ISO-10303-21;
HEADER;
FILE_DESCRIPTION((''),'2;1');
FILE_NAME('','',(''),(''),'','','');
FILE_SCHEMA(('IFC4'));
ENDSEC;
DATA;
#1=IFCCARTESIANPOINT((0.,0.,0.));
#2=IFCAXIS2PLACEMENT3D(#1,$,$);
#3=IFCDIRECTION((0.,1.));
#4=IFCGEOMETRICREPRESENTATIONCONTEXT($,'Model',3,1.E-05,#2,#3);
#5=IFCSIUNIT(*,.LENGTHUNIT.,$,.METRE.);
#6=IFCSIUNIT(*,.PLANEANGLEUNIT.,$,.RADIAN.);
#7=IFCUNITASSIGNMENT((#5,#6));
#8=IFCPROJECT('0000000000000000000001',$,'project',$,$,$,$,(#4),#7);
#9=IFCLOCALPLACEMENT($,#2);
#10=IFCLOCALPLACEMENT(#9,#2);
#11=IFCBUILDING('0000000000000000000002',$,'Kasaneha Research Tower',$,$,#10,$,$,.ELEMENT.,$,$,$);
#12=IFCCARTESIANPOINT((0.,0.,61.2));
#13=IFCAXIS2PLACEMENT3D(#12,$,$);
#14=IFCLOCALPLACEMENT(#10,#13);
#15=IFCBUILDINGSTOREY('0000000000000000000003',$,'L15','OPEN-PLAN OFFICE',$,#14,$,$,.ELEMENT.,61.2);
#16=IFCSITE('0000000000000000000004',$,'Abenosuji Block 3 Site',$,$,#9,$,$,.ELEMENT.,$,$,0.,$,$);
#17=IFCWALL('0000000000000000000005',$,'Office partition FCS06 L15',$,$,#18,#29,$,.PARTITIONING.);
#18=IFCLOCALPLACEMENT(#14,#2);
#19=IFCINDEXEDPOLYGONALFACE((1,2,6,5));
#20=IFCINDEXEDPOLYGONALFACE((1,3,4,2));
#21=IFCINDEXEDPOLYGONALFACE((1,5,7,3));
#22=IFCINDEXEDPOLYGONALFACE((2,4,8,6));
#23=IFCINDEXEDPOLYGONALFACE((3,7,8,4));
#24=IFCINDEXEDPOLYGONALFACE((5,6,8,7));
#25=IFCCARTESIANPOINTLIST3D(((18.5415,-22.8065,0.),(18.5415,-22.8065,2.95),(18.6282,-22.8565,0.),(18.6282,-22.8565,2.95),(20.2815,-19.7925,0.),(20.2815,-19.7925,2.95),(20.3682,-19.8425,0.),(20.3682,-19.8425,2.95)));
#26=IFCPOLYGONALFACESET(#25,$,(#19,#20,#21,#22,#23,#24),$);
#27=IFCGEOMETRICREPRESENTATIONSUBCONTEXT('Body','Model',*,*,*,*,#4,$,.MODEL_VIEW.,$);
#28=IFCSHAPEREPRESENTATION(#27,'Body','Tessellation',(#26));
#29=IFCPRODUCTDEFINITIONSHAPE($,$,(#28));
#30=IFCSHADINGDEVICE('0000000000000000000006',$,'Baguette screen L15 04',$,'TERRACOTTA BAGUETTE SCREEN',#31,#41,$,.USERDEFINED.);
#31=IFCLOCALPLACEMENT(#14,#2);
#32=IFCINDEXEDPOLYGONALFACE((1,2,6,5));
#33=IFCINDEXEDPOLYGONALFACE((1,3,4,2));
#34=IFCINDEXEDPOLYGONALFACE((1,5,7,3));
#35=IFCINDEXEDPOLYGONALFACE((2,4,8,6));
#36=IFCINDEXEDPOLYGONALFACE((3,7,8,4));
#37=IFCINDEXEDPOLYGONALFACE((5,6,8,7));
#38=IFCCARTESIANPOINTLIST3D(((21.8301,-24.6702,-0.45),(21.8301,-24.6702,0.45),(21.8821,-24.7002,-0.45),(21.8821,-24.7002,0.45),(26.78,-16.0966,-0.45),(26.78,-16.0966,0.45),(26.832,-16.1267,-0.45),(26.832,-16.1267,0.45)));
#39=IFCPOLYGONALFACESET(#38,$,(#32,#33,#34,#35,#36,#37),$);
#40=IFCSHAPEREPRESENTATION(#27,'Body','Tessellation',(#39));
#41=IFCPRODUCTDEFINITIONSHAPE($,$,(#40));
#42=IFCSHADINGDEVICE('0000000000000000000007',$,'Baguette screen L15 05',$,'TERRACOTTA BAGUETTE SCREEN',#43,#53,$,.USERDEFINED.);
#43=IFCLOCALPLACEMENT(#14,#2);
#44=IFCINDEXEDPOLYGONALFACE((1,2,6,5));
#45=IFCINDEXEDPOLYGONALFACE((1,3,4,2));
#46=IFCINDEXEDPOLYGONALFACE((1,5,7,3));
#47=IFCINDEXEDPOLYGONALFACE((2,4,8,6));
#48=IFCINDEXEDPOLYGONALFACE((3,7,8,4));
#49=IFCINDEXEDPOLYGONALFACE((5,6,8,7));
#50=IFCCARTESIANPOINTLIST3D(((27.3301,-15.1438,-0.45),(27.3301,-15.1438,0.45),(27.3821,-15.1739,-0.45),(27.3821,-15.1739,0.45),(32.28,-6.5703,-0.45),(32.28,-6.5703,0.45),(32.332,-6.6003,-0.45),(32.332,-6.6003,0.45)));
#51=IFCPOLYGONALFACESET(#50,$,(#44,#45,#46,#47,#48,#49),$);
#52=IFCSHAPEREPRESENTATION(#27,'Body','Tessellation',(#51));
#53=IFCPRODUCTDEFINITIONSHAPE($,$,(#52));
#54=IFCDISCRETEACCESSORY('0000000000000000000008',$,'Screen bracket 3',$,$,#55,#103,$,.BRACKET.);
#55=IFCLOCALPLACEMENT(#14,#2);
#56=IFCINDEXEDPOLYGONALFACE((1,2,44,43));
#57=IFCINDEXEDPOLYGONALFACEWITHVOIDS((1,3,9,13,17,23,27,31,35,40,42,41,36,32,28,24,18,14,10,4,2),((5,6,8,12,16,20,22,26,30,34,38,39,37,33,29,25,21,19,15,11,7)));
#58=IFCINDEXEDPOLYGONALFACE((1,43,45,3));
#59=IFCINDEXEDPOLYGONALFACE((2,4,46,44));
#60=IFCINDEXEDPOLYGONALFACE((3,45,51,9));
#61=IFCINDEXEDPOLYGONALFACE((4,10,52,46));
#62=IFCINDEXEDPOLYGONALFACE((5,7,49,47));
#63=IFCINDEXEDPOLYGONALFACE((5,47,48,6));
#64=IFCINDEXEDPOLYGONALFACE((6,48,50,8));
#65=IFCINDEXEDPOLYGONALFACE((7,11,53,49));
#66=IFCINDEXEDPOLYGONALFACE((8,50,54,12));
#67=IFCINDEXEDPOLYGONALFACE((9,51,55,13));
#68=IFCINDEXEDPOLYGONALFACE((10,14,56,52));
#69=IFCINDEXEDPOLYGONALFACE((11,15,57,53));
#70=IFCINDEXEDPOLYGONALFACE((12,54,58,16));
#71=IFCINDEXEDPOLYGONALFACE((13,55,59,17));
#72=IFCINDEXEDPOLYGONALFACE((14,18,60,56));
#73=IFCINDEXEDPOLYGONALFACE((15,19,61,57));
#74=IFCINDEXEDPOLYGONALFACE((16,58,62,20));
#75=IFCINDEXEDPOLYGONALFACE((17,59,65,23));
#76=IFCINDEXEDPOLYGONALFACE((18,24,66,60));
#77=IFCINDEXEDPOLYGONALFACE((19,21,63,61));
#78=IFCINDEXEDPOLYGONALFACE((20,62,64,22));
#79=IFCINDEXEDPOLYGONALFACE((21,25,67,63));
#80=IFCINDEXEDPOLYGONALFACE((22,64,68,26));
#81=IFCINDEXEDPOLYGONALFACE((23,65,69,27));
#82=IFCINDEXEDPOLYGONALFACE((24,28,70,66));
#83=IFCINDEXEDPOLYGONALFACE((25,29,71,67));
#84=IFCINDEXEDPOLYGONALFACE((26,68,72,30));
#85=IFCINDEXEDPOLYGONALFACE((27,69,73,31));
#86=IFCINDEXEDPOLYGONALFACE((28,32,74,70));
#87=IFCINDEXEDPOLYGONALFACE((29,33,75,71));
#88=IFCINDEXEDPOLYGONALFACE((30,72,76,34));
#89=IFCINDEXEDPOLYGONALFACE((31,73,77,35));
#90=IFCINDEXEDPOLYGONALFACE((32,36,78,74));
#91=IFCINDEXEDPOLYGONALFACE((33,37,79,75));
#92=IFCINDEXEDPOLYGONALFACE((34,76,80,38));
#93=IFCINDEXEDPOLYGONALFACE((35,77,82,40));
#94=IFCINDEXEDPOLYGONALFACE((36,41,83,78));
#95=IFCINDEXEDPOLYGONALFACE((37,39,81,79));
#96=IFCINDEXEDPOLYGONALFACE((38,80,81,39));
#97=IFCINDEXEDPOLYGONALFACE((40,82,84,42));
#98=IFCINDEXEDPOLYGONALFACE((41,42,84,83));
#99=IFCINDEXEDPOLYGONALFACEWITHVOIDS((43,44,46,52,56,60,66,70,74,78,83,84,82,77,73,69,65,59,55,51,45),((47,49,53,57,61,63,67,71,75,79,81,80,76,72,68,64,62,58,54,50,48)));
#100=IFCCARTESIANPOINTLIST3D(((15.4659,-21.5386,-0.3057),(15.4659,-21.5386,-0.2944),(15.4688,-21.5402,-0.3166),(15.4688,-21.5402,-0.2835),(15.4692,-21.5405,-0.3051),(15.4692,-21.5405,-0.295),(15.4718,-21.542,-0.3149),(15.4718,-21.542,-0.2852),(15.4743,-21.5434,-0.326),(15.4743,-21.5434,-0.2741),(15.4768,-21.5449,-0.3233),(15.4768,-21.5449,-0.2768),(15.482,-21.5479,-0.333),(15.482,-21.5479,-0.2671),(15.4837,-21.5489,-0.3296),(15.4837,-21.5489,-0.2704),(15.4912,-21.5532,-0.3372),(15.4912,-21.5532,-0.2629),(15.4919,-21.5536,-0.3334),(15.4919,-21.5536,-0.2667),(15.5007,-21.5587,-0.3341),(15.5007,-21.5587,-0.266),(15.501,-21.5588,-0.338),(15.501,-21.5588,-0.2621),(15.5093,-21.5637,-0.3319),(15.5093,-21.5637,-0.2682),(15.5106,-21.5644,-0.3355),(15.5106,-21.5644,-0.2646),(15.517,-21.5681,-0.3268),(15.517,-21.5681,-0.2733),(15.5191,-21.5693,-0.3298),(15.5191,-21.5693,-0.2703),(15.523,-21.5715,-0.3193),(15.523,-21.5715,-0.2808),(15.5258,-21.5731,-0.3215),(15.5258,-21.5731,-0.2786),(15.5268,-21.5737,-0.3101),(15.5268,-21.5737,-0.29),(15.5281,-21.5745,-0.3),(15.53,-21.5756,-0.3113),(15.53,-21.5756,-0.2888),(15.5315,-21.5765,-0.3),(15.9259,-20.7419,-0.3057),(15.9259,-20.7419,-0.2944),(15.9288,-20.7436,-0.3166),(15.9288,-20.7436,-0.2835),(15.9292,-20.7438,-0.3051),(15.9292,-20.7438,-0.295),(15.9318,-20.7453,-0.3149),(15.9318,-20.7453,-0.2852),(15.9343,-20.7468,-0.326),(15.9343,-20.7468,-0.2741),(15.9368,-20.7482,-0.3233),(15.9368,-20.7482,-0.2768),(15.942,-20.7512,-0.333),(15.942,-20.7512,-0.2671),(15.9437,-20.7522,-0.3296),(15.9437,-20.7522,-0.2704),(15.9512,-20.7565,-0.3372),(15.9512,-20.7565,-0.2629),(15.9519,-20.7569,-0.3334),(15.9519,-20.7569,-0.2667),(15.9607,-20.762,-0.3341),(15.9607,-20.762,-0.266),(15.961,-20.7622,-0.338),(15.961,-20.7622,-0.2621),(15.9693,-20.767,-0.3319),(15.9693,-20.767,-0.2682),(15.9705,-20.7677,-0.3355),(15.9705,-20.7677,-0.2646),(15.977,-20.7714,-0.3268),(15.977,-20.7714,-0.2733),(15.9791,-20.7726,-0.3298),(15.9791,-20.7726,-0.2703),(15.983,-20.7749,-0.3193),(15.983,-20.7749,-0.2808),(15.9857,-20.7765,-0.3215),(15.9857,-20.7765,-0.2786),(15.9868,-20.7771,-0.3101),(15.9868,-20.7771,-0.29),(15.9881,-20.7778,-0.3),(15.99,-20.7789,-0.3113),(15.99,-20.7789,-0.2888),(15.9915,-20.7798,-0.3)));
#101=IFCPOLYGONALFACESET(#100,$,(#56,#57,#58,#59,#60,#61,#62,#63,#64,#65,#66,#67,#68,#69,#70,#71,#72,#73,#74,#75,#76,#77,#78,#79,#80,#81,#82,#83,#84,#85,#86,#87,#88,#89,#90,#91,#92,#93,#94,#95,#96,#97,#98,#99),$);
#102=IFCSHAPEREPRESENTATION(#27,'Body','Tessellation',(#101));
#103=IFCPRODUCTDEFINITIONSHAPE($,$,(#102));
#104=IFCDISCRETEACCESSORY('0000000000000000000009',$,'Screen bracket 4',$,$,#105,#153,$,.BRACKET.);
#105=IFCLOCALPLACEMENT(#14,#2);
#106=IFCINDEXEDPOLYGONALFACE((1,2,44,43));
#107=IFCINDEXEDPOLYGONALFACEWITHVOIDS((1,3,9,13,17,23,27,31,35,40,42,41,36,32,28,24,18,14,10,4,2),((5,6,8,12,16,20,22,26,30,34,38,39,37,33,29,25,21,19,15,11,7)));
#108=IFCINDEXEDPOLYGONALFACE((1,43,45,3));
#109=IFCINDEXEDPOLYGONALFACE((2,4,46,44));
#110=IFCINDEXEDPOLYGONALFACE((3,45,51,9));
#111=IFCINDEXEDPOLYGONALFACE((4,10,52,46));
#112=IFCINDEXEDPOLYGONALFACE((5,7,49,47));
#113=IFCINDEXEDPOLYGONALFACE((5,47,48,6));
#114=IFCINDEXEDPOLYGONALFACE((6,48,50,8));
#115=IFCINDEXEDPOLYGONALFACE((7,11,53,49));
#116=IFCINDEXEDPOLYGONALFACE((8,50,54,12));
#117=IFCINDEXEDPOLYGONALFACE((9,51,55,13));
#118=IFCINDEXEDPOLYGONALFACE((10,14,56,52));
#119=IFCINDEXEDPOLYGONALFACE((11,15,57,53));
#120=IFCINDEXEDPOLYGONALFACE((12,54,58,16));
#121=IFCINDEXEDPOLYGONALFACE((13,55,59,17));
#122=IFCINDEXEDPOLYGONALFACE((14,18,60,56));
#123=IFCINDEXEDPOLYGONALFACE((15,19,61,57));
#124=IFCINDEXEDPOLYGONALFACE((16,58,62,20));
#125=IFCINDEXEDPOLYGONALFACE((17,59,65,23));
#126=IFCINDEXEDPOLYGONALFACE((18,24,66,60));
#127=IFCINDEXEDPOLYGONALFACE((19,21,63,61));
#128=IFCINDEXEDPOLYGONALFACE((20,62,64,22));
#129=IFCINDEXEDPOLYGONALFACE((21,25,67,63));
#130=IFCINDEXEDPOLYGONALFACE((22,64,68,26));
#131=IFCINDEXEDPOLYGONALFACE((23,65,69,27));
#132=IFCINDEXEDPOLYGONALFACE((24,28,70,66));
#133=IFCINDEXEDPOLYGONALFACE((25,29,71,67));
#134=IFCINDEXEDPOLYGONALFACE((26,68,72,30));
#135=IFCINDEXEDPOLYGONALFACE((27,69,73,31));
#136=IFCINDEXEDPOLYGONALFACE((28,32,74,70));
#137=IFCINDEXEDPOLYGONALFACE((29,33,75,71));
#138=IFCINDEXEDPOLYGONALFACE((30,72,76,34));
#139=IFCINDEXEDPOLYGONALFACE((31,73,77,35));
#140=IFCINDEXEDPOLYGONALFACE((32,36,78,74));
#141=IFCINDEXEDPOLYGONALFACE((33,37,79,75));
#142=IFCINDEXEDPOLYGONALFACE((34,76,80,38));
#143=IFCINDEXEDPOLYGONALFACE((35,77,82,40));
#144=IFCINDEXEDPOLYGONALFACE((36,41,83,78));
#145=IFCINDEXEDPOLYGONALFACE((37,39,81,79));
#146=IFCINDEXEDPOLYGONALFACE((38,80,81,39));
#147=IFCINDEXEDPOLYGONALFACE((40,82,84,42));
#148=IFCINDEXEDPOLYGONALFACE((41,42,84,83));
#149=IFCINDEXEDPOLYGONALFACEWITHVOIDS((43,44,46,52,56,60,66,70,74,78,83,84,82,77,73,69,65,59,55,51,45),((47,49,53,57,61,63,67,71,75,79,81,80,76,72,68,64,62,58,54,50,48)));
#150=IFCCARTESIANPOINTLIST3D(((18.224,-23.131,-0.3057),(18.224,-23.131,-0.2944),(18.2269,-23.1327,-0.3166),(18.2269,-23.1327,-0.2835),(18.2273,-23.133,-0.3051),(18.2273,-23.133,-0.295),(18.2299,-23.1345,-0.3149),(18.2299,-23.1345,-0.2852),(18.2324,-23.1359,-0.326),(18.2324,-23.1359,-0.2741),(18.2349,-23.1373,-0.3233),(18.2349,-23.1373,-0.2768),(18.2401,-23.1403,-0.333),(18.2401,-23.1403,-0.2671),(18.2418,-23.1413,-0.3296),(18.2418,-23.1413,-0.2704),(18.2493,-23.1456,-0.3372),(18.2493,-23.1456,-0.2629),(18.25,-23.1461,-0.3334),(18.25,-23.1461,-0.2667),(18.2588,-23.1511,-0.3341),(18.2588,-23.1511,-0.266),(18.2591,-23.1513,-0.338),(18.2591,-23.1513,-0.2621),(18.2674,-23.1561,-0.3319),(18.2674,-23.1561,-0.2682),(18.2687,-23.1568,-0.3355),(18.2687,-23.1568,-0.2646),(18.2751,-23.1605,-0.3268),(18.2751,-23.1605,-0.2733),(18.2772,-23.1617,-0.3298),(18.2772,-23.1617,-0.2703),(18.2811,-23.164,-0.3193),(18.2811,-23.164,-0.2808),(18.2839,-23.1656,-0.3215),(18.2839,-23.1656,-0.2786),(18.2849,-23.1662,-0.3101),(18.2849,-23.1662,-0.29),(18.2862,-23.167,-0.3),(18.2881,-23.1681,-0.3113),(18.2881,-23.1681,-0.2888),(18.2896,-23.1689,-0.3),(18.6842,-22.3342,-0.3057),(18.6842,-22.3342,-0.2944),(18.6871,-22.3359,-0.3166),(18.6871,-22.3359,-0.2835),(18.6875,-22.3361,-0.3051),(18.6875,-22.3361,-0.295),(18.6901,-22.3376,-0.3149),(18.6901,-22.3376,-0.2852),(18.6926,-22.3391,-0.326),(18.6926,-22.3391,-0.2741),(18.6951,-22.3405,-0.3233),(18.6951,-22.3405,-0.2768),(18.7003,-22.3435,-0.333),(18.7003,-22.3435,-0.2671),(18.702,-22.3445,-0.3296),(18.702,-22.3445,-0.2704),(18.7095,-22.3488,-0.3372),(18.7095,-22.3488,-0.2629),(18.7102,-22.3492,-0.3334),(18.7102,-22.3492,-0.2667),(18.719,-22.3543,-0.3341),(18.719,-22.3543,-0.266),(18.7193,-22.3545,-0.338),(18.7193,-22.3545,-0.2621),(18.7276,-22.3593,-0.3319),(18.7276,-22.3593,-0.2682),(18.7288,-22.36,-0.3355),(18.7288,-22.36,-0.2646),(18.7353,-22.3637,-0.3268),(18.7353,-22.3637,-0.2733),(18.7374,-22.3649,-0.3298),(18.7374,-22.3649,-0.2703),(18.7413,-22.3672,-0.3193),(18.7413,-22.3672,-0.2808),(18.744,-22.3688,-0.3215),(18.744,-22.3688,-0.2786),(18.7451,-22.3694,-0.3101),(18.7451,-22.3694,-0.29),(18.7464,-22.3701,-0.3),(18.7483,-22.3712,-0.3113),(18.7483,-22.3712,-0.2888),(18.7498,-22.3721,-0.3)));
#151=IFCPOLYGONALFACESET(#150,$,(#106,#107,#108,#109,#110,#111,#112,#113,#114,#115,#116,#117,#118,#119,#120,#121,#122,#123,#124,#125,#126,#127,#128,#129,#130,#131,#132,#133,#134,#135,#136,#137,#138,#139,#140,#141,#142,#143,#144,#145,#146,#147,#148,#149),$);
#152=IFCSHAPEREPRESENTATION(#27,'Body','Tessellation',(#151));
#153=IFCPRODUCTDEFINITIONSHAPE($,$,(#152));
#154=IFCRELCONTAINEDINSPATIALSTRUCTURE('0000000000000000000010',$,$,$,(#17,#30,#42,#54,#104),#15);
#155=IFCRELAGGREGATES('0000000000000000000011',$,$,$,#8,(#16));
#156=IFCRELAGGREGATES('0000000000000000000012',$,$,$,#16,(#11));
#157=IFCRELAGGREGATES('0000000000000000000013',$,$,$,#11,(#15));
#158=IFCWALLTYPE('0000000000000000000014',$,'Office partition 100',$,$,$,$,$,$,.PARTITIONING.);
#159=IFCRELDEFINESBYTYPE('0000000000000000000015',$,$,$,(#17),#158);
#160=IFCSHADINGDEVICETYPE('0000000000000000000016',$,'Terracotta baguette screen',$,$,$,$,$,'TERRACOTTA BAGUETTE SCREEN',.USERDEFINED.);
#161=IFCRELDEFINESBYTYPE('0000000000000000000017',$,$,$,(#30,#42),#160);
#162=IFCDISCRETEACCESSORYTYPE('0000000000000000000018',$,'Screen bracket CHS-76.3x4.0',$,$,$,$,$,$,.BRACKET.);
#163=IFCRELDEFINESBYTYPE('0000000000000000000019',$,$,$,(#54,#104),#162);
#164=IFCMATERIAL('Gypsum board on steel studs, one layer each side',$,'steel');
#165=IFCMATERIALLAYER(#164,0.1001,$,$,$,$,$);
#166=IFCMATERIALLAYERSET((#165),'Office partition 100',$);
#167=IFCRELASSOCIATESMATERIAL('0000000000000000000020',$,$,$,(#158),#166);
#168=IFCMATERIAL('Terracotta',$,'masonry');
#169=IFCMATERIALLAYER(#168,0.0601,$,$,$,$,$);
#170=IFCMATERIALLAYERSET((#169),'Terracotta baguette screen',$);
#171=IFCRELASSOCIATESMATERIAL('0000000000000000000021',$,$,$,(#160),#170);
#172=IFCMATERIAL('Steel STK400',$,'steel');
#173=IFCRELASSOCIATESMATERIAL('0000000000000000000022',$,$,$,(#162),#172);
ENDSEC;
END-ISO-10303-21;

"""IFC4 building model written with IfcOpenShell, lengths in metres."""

from ifc_helpers import new_model, si_unit, direction, frame, frame_2d, origin, origin_2d, place, context, subcontext, project, spatial, rectangle, hollow_circle, extrude, material, layer, layer_set, material_profile, profile_set, type_object, element, save


model = new_model("IFC4")

# Units and contexts
model_context = context("Model", 3, precision=1e-05, world=origin(), true_north=direction((0.0, 1.0)))
body_context = subcontext(model_context, "Body", "Model", "MODEL_VIEW")
ifc_project = project(units=[si_unit("LENGTHUNIT", "METRE"), si_unit("PLANEANGLEUNIT", "RADIAN")], contexts=[model_context])

# Site, building, storey
site_placement = place(None, origin())
site = spatial("IfcSite", under=ifc_project, at=site_placement, Name="Abenosuji Block 3 Site", CompositionType="ELEMENT", RefElevation=0.0)
building_placement = place(site_placement, origin())
building = spatial("IfcBuilding", under=site, at=building_placement, Name="Kasaneha Research Tower", CompositionType="ELEMENT")
storey_placement = place(building_placement, frame((0.0, 0.0, 61.2)))
storey = spatial("IfcBuildingStorey", under=building, at=storey_placement, Name="L15", Description="OPEN-PLAN OFFICE", CompositionType="ELEMENT", Elevation=61.2)

# Wall
ifc_material_1 = material(Name="Gypsum board on steel studs, one layer each side", Category="steel")
ifc_layer_1 = layer(ifc_material_1, 0.1001)
ifc_layer_set_1 = layer_set([ifc_layer_1], Name="Office partition 100")
wall_type = type_object("IfcWallType", Name="Office partition 100", PredefinedType="PARTITIONING", material=ifc_layer_set_1)
wall_placement = place(storey_placement, frame((20.325, -19.8174, 0.0), z_axis=(0.0, 0.0, 1.0), x_axis=(-0.49998, -0.866037, 0.0)))
element("IfcWall", 1, at=wall_placement, inside=storey, type_object=wall_type, Name="Office partition FCS06 L15", PredefinedType="PARTITIONING", context=body_context, shape_type="SweptSolid", body=[
    extrude(rectangle(XDim=3.4802, YDim=0.1001, at=frame_2d((1.7402, 0.0))), origin(), (0.0, 0.0, 1.0), 2.95),
])

# Shading devices
ifc_material_2 = material(Name="Terracotta", Category="masonry")
ifc_layer_2 = layer(ifc_material_2, 0.0601)
ifc_layer_set_2 = layer_set([ifc_layer_2], Name="Terracotta baguette screen")
shading_device_type = type_object("IfcShadingDeviceType", Name="Terracotta baguette screen", ElementType="TERRACOTTA BAGUETTE SCREEN", PredefinedType="USERDEFINED", material=ifc_layer_set_2)
for number, where, z_axis, x_axis, name in (
    (2, (24.3311, -20.3984, -0.45), (0.0, 0.0, 1.0), (0.5, 0.866025, 0.0), "Baguette screen L15 04"),
    (3, (29.8311, -10.8721, -0.45), (0.0, 0.0, 1.0), (0.5, 0.866025, 0.0), "Baguette screen L15 05"),
):
    element("IfcShadingDevice", number, at=place(storey_placement, frame(where, z_axis=z_axis, x_axis=x_axis)), inside=storey, type_object=shading_device_type, Name=name, ObjectType="TERRACOTTA BAGUETTE SCREEN", PredefinedType="USERDEFINED", context=body_context, shape_type="SweptSolid", body=[
        extrude(rectangle(XDim=9.8999, YDim=0.0601, at=origin_2d()), origin(), (0.0, 0.0, 1.0), 0.8999),
    ])

# Discrete accessories
ifc_material_3 = material(Name="Steel STK400", Category="steel")
ifc_material_profile_1 = material_profile(ifc_material_3, hollow_circle(Radius=0.0381, WallThickness=0.0039, at=origin_2d()), Name="CHS-76.3x4.0")
ifc_profile_set_1 = profile_set([ifc_material_profile_1], Name="Steel STK400")
discrete_accessory_type = type_object("IfcDiscreteAccessoryType", Name="Screen bracket CHS-76.3x4.0", PredefinedType="BRACKET", material=ifc_profile_set_1)
discrete_accessory_1_placement = place(storey_placement, frame((15.9585, -20.7607, -0.3), z_axis=(-0.500021, -0.866013, 0.0), x_axis=(0.866013, -0.500021, 0.0)))
element("IfcDiscreteAccessory", 4, at=discrete_accessory_1_placement, inside=storey, type_object=discrete_accessory_type, Name="Screen bracket 3", PredefinedType="BRACKET", context=body_context, shape_type="SweptSolid", body=[
    extrude(hollow_circle(Radius=0.0381, WallThickness=0.0039, at=origin_2d()), origin(), (0.0, 0.0, 1.0), 0.9199),
])
discrete_accessory_2_placement = place(storey_placement, frame((18.7168, -22.353, -0.3), z_axis=(-0.500105, -0.865965, 0.0), x_axis=(0.865965, -0.500105, 0.0)))
element("IfcDiscreteAccessory", 5, at=discrete_accessory_2_placement, inside=storey, type_object=discrete_accessory_type, Name="Screen bracket 4", PredefinedType="BRACKET", context=body_context, shape_type="SweptSolid", body=[
    extrude(hollow_circle(Radius=0.0381, WallThickness=0.0039, at=origin_2d()), origin(), (0.0, 0.0, 1.0), 0.9202),
])

save(model, "model.ifc")
